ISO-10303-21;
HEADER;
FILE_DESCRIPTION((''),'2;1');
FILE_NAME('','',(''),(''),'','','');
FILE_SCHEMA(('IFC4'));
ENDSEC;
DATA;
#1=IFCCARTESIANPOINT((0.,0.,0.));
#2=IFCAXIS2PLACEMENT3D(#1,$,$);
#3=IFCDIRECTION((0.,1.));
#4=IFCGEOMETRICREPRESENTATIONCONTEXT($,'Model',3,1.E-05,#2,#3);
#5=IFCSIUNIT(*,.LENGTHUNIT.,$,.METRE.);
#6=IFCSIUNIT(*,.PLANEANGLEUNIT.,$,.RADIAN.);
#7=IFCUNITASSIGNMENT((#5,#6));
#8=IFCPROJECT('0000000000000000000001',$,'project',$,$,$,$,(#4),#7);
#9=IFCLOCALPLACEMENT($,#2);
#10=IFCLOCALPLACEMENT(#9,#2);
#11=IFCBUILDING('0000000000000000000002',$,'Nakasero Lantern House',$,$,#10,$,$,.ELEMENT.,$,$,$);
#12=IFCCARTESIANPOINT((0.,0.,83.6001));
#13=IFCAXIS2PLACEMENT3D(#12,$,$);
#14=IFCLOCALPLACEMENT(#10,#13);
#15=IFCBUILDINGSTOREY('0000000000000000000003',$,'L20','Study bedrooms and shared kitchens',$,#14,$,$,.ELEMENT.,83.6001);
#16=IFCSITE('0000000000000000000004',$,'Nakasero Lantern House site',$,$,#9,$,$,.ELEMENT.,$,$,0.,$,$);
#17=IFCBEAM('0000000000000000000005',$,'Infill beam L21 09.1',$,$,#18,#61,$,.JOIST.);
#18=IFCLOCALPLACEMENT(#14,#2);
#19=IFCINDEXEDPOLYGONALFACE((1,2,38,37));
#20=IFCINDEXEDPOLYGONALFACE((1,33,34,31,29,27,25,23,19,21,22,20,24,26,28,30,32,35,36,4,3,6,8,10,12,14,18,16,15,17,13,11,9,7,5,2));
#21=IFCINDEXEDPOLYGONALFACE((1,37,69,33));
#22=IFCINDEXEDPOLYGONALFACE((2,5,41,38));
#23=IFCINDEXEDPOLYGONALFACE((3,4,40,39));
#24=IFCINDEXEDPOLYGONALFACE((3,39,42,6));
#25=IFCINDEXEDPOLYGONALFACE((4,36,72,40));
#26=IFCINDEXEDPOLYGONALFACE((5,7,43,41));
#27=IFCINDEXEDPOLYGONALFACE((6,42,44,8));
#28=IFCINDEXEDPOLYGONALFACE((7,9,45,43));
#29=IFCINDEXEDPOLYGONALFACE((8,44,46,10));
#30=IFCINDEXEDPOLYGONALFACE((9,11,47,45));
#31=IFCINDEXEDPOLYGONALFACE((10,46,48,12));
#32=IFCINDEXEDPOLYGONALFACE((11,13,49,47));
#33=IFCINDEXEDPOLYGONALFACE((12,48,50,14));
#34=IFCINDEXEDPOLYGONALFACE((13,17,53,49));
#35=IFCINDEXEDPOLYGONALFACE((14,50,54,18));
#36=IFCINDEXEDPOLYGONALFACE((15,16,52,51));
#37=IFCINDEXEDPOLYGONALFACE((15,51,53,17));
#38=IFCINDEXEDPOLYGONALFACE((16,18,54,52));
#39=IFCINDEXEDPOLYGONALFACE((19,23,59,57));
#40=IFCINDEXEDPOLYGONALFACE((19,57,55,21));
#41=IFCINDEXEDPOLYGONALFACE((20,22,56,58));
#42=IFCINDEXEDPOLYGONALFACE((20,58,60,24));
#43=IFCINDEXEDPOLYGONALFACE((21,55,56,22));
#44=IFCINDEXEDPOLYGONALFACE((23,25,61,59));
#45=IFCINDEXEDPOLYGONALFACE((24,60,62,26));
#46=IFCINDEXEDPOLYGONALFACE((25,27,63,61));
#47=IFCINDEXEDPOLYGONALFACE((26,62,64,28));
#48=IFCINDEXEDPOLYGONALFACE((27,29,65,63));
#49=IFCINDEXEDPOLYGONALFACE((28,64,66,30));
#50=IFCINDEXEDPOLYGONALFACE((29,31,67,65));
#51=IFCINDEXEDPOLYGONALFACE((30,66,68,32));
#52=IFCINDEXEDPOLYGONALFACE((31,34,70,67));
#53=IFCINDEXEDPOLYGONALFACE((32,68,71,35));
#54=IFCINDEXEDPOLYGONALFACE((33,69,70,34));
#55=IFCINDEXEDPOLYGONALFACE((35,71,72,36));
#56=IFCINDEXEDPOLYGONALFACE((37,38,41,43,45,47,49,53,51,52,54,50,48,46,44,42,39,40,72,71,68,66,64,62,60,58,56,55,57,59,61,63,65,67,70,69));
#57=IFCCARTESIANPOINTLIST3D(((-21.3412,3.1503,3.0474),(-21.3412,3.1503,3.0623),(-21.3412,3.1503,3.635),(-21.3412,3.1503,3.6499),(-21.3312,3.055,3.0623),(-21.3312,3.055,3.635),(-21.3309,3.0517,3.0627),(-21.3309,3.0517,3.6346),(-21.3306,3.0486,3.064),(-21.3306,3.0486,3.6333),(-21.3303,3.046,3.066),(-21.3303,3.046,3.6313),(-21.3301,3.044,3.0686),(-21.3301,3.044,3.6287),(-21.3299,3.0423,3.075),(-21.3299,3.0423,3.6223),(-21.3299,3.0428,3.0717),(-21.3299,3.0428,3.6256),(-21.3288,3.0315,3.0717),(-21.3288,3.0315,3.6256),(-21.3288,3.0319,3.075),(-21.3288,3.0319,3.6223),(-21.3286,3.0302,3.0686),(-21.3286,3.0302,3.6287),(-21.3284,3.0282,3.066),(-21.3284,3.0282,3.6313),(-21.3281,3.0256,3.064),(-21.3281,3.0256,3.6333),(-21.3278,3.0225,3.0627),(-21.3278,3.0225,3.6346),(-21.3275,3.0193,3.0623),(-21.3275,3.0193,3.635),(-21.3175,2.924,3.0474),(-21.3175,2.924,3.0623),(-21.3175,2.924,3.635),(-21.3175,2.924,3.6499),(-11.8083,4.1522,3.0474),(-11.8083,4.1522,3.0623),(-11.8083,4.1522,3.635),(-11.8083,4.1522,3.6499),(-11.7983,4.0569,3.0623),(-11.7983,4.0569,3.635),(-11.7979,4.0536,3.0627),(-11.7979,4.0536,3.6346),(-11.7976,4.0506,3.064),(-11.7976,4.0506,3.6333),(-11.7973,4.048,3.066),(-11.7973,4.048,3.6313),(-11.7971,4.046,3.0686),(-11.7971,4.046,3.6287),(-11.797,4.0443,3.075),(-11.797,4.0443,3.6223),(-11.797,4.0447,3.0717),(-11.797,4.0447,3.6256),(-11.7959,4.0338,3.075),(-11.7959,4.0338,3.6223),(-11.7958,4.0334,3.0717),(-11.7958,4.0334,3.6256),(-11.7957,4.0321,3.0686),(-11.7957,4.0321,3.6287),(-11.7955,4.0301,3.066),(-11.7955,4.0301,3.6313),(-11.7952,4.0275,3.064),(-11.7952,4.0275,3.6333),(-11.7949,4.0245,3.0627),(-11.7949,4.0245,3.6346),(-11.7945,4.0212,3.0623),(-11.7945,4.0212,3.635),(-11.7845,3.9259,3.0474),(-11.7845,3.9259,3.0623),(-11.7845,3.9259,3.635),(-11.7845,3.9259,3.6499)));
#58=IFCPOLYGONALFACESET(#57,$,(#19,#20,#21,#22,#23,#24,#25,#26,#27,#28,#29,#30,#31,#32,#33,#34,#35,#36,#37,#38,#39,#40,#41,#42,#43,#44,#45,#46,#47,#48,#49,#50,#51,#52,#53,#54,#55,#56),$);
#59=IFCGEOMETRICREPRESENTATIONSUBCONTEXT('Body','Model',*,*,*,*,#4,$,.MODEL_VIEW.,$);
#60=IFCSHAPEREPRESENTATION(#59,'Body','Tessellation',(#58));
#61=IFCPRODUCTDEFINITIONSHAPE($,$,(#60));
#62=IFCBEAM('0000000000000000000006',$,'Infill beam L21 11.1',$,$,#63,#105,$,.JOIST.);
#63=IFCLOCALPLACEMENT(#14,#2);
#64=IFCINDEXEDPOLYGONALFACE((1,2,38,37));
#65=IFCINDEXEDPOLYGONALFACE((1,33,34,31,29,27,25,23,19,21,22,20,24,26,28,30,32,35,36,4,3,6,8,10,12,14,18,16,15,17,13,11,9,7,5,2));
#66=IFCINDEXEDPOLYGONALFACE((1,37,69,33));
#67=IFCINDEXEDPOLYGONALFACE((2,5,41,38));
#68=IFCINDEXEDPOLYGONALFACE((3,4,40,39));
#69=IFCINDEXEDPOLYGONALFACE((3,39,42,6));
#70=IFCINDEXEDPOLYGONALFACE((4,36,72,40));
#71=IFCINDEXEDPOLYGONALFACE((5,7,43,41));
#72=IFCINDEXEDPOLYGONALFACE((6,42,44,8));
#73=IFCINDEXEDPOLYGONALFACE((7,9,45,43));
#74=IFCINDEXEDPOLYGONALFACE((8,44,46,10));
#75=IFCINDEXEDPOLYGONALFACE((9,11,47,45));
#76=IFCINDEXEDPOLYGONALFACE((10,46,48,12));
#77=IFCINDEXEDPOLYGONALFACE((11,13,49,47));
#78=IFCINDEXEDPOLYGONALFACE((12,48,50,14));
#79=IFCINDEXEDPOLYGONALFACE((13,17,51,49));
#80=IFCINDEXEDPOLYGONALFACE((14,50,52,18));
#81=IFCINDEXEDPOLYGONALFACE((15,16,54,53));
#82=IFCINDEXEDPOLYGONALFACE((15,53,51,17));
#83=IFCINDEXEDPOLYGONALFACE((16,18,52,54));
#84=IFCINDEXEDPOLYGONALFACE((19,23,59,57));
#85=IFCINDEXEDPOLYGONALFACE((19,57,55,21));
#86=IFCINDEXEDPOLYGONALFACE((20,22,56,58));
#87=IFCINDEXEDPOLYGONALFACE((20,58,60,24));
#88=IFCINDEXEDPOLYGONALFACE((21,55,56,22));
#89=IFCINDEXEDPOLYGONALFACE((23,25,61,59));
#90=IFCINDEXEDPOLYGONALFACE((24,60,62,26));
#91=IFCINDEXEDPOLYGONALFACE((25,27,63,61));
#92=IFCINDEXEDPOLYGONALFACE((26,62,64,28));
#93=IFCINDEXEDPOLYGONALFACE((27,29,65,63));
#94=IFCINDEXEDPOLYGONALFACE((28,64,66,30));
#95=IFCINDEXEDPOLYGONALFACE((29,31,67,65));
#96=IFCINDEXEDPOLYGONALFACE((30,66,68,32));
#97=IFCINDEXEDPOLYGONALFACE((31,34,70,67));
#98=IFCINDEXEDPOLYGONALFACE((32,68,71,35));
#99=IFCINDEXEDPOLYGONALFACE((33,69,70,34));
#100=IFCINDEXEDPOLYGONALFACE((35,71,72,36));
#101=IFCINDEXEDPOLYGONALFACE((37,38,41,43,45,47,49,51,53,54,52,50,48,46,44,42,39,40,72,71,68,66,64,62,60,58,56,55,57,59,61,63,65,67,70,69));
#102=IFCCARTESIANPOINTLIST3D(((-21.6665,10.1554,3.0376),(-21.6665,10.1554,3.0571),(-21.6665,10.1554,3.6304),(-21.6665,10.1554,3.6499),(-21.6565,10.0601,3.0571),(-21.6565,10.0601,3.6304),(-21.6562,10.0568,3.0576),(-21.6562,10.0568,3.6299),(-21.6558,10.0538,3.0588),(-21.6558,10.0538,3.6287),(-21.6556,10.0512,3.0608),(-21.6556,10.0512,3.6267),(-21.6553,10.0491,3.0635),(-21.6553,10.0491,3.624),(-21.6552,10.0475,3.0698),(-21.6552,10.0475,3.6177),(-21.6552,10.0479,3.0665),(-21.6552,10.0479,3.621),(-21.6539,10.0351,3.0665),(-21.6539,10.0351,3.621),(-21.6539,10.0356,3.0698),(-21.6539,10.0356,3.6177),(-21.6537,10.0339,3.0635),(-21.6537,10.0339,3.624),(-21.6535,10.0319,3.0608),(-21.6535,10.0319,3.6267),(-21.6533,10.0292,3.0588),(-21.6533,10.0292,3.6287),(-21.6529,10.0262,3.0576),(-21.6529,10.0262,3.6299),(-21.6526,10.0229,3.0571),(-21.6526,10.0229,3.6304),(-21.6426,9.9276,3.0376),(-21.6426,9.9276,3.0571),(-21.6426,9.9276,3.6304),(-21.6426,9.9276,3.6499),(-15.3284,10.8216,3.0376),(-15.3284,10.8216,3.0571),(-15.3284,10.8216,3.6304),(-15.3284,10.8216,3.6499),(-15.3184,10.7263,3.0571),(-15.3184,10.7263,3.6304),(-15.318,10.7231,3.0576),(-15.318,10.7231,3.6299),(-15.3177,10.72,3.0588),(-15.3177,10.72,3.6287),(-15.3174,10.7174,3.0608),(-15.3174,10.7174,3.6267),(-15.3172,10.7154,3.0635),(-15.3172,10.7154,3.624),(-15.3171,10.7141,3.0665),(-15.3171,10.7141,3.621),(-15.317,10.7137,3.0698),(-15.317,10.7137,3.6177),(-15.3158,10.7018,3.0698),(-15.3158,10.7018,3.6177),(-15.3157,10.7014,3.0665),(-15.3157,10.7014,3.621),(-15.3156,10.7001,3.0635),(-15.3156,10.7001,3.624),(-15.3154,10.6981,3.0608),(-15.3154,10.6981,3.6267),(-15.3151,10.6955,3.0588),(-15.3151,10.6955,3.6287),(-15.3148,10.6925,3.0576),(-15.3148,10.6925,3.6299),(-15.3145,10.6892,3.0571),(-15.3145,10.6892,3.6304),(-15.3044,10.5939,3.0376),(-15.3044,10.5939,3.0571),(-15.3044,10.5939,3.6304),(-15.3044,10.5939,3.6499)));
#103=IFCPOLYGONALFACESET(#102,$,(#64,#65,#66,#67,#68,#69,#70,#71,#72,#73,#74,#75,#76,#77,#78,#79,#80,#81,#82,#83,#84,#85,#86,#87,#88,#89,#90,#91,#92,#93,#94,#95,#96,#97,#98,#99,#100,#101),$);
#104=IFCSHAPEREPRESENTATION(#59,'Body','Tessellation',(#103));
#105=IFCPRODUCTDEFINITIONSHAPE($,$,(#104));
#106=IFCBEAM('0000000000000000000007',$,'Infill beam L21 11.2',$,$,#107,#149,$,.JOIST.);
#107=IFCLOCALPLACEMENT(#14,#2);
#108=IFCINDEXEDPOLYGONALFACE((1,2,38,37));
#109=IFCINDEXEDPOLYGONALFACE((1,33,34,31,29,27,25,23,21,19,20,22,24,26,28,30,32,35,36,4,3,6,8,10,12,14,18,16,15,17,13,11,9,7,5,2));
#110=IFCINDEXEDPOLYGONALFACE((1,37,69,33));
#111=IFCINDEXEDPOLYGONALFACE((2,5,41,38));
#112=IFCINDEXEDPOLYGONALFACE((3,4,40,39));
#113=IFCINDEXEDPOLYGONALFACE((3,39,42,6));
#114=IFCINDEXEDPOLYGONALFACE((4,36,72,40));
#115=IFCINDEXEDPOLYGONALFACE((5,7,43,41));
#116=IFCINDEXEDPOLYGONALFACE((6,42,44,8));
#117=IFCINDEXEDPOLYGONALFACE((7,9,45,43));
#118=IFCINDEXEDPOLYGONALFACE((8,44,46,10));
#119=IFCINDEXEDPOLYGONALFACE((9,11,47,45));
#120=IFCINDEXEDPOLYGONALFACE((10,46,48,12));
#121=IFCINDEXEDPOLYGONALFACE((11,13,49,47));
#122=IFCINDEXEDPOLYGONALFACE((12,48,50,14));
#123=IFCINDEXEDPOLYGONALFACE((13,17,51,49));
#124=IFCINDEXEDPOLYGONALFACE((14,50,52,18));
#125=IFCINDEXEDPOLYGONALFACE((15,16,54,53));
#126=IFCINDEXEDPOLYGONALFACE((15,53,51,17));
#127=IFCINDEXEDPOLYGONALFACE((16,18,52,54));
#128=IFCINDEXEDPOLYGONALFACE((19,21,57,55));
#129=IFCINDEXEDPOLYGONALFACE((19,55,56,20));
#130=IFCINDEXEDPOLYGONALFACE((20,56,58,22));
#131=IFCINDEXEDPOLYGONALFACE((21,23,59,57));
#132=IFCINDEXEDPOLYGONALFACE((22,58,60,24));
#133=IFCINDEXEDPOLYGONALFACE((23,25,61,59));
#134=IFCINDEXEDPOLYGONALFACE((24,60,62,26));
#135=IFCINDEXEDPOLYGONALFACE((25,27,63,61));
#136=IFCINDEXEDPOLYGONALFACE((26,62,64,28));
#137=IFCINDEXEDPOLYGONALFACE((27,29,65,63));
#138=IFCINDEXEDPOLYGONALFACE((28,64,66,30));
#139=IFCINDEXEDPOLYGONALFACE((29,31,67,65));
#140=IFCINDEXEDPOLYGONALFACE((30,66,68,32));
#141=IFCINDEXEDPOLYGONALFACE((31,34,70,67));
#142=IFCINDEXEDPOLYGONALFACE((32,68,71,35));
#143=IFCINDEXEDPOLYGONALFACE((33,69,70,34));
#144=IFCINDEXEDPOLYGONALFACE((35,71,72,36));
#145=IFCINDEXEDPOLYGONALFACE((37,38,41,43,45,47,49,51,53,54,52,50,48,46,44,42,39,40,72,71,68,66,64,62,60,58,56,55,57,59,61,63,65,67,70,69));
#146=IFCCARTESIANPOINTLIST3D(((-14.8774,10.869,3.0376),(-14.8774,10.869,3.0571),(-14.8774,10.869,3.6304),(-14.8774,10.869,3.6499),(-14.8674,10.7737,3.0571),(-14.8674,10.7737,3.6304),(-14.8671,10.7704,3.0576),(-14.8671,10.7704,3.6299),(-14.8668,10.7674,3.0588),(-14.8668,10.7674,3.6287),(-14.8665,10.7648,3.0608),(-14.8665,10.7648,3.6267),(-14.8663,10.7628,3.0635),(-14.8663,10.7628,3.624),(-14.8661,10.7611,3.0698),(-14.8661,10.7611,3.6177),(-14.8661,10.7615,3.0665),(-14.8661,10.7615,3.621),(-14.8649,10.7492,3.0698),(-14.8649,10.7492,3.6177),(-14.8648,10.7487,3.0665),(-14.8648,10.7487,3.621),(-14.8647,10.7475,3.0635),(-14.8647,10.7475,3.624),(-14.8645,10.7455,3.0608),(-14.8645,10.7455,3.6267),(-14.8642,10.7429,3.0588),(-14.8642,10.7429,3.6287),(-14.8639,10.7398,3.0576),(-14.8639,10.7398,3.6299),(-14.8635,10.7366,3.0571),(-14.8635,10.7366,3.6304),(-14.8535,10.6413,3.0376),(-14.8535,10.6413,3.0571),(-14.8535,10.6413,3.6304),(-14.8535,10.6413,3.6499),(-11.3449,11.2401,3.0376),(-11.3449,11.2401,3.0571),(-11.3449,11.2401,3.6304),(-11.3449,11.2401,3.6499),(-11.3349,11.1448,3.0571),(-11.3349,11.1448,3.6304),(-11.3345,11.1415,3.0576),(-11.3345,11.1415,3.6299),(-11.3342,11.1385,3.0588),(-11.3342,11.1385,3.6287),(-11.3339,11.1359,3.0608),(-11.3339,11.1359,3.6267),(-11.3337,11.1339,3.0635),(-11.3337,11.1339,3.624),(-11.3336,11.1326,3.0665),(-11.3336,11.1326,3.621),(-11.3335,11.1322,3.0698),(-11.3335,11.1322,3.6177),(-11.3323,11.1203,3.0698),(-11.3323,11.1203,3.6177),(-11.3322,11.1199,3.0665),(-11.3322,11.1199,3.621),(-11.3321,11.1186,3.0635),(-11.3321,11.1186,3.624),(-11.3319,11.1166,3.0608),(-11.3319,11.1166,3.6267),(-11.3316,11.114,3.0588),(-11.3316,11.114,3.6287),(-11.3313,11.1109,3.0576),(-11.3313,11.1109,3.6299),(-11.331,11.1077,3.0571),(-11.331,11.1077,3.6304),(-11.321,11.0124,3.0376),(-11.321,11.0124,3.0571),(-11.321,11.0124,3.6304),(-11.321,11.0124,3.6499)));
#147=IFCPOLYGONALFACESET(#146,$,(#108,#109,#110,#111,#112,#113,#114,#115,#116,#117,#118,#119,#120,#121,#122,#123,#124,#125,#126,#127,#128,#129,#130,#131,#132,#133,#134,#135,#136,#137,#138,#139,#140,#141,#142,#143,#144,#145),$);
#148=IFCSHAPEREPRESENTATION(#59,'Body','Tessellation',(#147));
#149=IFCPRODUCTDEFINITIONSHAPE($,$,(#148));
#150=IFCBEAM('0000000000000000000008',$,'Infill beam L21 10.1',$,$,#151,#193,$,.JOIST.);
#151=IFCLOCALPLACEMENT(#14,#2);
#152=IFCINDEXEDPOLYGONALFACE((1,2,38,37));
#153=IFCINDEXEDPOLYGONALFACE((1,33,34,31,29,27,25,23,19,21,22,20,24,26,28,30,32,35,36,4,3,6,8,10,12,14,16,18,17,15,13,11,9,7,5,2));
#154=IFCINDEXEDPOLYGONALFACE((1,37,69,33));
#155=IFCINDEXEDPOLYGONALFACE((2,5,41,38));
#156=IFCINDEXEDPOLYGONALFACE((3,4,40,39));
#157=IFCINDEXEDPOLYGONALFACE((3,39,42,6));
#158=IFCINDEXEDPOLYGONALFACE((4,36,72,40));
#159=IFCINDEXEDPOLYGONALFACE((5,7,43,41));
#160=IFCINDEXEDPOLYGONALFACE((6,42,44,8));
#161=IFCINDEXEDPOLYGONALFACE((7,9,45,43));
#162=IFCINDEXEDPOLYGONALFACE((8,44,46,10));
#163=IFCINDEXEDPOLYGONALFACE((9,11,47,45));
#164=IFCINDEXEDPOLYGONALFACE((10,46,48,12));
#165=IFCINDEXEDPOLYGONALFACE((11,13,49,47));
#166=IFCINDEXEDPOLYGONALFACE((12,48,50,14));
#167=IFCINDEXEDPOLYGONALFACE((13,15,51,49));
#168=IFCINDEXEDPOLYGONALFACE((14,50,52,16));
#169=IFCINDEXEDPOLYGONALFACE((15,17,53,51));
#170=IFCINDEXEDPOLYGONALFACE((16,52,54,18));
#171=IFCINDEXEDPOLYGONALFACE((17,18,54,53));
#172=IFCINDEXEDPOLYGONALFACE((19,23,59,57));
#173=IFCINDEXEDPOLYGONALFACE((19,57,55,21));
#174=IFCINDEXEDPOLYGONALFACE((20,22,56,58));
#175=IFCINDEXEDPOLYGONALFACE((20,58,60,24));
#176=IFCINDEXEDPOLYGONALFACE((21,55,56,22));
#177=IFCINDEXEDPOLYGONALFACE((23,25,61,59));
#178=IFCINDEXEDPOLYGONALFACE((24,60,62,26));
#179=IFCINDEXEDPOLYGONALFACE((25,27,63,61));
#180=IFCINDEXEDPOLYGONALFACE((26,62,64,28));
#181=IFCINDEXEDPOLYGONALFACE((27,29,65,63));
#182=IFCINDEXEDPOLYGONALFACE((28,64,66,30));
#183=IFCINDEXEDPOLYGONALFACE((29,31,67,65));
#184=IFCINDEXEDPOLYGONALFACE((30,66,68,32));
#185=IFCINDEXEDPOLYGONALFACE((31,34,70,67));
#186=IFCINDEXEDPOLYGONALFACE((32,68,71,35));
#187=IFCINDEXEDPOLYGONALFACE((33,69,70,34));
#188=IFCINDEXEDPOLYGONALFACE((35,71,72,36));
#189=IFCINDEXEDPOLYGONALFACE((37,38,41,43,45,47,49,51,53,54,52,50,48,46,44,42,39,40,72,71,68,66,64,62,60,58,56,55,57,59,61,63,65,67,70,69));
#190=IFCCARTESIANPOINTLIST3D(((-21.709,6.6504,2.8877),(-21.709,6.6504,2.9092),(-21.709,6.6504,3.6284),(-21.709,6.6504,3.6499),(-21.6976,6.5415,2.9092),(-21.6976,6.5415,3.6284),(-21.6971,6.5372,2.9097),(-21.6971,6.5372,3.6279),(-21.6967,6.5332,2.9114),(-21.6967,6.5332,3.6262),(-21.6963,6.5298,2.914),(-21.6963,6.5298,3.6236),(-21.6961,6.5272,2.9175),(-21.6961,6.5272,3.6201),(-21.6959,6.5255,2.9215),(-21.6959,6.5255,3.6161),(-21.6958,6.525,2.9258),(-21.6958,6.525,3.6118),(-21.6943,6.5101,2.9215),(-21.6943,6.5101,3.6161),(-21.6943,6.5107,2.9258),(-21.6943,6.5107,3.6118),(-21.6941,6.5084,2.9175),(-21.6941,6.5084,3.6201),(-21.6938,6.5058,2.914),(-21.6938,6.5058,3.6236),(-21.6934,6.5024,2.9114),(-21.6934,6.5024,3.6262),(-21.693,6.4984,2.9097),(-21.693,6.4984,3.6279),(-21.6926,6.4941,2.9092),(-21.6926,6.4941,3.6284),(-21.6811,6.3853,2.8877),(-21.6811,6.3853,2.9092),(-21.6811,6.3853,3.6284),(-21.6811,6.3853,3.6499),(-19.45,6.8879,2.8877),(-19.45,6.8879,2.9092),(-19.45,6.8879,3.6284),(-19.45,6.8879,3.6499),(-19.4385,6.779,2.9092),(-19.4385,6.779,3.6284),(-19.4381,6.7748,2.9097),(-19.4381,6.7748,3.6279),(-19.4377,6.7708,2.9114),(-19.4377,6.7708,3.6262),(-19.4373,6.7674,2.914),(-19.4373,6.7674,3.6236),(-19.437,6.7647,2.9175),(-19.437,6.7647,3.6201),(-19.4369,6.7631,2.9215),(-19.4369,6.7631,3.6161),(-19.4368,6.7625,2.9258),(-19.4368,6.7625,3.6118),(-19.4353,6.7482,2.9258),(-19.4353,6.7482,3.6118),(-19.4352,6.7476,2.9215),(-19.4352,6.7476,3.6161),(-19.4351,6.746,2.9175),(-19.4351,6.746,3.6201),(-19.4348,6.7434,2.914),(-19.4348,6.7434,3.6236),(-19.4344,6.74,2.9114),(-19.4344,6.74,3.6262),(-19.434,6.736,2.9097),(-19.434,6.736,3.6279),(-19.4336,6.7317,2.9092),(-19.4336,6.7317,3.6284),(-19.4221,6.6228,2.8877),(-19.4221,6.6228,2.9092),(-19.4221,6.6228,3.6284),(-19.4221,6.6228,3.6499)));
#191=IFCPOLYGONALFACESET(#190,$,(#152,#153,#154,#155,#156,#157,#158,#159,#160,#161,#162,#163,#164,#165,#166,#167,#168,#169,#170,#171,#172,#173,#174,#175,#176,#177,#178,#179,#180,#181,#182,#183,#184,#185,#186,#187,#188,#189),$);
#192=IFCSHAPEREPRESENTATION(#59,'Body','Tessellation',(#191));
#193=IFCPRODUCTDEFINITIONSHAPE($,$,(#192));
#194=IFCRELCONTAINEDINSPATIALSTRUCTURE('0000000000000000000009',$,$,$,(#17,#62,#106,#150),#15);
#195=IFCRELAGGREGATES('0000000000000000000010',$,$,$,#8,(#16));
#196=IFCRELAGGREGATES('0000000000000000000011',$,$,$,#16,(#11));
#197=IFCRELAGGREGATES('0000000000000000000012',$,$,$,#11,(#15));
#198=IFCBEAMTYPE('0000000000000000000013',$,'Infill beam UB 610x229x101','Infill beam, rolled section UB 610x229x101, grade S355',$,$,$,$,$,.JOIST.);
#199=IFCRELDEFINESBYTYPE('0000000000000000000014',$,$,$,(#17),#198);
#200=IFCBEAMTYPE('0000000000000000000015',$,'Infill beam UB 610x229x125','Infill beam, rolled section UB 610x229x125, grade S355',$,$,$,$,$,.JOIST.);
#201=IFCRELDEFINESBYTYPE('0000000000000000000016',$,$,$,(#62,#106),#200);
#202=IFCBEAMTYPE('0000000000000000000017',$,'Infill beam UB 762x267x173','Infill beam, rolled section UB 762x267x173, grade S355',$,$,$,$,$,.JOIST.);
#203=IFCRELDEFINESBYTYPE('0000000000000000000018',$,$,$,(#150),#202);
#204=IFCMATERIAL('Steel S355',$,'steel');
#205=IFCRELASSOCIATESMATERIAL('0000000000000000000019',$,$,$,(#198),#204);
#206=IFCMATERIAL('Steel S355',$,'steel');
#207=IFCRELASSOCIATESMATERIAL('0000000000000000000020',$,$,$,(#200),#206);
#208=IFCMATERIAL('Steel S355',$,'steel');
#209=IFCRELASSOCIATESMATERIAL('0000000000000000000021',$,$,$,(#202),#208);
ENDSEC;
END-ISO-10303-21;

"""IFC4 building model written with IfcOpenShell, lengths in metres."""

from ifc_helpers import new_model, si_unit, direction, frame, origin, origin_2d, place, context, subcontext, project, spatial, i_section, extrude, material, material_profile, profile_set, type_object, element, save


model = new_model("IFC4")

# Units and contexts
model_context = context("Model", 3, precision=1e-05, world=origin(), true_north=direction((0.0, 1.0)))
body_context = subcontext(model_context, "Body", "Model", "MODEL_VIEW")
ifc_project = project(units=[si_unit("LENGTHUNIT", "METRE"), si_unit("PLANEANGLEUNIT", "RADIAN")], contexts=[model_context])

# Site, building, storey
site_placement = place(None, origin())
site = spatial("IfcSite", under=ifc_project, at=site_placement, Name="Nakasero Lantern House site", CompositionType="ELEMENT", RefElevation=0.0)
building_placement = place(site_placement, origin())
building = spatial("IfcBuilding", under=site, at=building_placement, Name="Nakasero Lantern House", CompositionType="ELEMENT")
storey_placement = place(building_placement, frame((0.0, 0.0, 83.6001)))
storey = spatial("IfcBuildingStorey", under=building, at=storey_placement, Name="L20", Description="Study bedrooms and shared kitchens", CompositionType="ELEMENT", Elevation=83.6001)

# Beams
ifc_material_1 = material(Name="Steel S355", Category="steel")
ifc_material_profile_1 = material_profile(ifc_material_1, i_section(OverallWidth=0.2275, OverallDepth=0.6025, WebThickness=0.0105, FlangeThickness=0.0149, FilletRadius=0.0127, at=origin_2d()), Name="UB 610x229x101")
ifc_profile_set_1 = profile_set([ifc_material_profile_1], Name="Steel S355")
beam_type_1 = type_object("IfcBeamType", Name="Infill beam UB 610x229x101", Description="Infill beam, rolled section UB 610x229x101, grade S355", PredefinedType="JOIST", material=ifc_profile_set_1)
beam_1_placement = place(storey_placement, frame((-21.3293, 3.0371, 3.3486), z_axis=(0.994522, 0.104528, 0.0), x_axis=(-0.104528, 0.994522, 0.0)))
element("IfcBeam", 1, at=beam_1_placement, inside=storey, type_object=beam_type_1, Name="Infill beam L21 09.1", PredefinedType="JOIST", context=body_context, shape_type="SweptSolid", body=[
    extrude(i_section(OverallWidth=0.2275, OverallDepth=0.6025, WebThickness=0.0105, FlangeThickness=0.0149, FilletRadius=0.0127, at=origin_2d()), origin(), (0.0, 0.0, 1.0), 9.5854),
])
ifc_material_2 = material(Name="Steel S355", Category="steel")
ifc_material_profile_2 = material_profile(ifc_material_2, i_section(OverallWidth=0.229, OverallDepth=0.6123, WebThickness=0.012, FlangeThickness=0.0195, FilletRadius=0.0127, at=origin_2d()), Name="UB 610x229x125")
ifc_profile_set_2 = profile_set([ifc_material_profile_2], Name="Steel S355")
beam_type_2 = type_object("IfcBeamType", Name="Infill beam UB 610x229x125", Description="Infill beam, rolled section UB 610x229x125, grade S355", PredefinedType="JOIST", material=ifc_profile_set_2)
beam_2_placement = place(storey_placement, frame((-21.6545, 10.0415, 3.3438), z_axis=(0.99452, 0.104543, 0.0), x_axis=(-0.104543, 0.99452, 0.0)))
element("IfcBeam", 2, at=beam_2_placement, inside=storey, type_object=beam_type_2, Name="Infill beam L21 11.1", PredefinedType="JOIST", context=body_context, shape_type="SweptSolid", body=[
    extrude(i_section(OverallWidth=0.229, OverallDepth=0.6123, WebThickness=0.012, FlangeThickness=0.0195, FilletRadius=0.0127, at=origin_2d()), origin(), (0.0, 0.0, 1.0), 6.373),
])
beam_3_placement = place(storey_placement, frame((-14.8655, 10.7551, 3.3438), z_axis=(0.994527, 0.104477, 0.0), x_axis=(-0.104477, 0.994527, 0.0)))
element("IfcBeam", 3, at=beam_3_placement, inside=storey, type_object=beam_type_2, Name="Infill beam L21 11.2", PredefinedType="JOIST", context=body_context, shape_type="SweptSolid", body=[
    extrude(i_section(OverallWidth=0.229, OverallDepth=0.6123, WebThickness=0.012, FlangeThickness=0.0195, FilletRadius=0.0127, at=origin_2d()), origin(), (0.0, 0.0, 1.0), 3.552),
])
ifc_material_3 = material(Name="Steel S355", Category="steel")
ifc_material_profile_3 = material_profile(ifc_material_3, i_section(OverallWidth=0.2666, OverallDepth=0.7622, WebThickness=0.0144, FlangeThickness=0.0215, FilletRadius=0.0166, at=origin_2d()), Name="UB 762x267x173")
ifc_profile_set_3 = profile_set([ifc_material_profile_3], Name="Steel S355")
beam_type_3 = type_object("IfcBeamType", Name="Infill beam UB 762x267x173", Description="Infill beam, rolled section UB 762x267x173, grade S355", PredefinedType="JOIST", material=ifc_profile_set_3)
beam_4_placement = place(storey_placement, frame((-21.6951, 6.5178, 3.2688), z_axis=(0.994517, 0.104578, 0.0), x_axis=(-0.104578, 0.994517, 0.0)))
element("IfcBeam", 4, at=beam_4_placement, inside=storey, type_object=beam_type_3, Name="Infill beam L21 10.1", PredefinedType="JOIST", context=body_context, shape_type="SweptSolid", body=[
    extrude(i_section(OverallWidth=0.2666, OverallDepth=0.7622, WebThickness=0.0144, FlangeThickness=0.0215, FilletRadius=0.0166, at=origin_2d()), origin(), (0.0, 0.0, 1.0), 2.2715),
])

save(model, "model.ifc")
